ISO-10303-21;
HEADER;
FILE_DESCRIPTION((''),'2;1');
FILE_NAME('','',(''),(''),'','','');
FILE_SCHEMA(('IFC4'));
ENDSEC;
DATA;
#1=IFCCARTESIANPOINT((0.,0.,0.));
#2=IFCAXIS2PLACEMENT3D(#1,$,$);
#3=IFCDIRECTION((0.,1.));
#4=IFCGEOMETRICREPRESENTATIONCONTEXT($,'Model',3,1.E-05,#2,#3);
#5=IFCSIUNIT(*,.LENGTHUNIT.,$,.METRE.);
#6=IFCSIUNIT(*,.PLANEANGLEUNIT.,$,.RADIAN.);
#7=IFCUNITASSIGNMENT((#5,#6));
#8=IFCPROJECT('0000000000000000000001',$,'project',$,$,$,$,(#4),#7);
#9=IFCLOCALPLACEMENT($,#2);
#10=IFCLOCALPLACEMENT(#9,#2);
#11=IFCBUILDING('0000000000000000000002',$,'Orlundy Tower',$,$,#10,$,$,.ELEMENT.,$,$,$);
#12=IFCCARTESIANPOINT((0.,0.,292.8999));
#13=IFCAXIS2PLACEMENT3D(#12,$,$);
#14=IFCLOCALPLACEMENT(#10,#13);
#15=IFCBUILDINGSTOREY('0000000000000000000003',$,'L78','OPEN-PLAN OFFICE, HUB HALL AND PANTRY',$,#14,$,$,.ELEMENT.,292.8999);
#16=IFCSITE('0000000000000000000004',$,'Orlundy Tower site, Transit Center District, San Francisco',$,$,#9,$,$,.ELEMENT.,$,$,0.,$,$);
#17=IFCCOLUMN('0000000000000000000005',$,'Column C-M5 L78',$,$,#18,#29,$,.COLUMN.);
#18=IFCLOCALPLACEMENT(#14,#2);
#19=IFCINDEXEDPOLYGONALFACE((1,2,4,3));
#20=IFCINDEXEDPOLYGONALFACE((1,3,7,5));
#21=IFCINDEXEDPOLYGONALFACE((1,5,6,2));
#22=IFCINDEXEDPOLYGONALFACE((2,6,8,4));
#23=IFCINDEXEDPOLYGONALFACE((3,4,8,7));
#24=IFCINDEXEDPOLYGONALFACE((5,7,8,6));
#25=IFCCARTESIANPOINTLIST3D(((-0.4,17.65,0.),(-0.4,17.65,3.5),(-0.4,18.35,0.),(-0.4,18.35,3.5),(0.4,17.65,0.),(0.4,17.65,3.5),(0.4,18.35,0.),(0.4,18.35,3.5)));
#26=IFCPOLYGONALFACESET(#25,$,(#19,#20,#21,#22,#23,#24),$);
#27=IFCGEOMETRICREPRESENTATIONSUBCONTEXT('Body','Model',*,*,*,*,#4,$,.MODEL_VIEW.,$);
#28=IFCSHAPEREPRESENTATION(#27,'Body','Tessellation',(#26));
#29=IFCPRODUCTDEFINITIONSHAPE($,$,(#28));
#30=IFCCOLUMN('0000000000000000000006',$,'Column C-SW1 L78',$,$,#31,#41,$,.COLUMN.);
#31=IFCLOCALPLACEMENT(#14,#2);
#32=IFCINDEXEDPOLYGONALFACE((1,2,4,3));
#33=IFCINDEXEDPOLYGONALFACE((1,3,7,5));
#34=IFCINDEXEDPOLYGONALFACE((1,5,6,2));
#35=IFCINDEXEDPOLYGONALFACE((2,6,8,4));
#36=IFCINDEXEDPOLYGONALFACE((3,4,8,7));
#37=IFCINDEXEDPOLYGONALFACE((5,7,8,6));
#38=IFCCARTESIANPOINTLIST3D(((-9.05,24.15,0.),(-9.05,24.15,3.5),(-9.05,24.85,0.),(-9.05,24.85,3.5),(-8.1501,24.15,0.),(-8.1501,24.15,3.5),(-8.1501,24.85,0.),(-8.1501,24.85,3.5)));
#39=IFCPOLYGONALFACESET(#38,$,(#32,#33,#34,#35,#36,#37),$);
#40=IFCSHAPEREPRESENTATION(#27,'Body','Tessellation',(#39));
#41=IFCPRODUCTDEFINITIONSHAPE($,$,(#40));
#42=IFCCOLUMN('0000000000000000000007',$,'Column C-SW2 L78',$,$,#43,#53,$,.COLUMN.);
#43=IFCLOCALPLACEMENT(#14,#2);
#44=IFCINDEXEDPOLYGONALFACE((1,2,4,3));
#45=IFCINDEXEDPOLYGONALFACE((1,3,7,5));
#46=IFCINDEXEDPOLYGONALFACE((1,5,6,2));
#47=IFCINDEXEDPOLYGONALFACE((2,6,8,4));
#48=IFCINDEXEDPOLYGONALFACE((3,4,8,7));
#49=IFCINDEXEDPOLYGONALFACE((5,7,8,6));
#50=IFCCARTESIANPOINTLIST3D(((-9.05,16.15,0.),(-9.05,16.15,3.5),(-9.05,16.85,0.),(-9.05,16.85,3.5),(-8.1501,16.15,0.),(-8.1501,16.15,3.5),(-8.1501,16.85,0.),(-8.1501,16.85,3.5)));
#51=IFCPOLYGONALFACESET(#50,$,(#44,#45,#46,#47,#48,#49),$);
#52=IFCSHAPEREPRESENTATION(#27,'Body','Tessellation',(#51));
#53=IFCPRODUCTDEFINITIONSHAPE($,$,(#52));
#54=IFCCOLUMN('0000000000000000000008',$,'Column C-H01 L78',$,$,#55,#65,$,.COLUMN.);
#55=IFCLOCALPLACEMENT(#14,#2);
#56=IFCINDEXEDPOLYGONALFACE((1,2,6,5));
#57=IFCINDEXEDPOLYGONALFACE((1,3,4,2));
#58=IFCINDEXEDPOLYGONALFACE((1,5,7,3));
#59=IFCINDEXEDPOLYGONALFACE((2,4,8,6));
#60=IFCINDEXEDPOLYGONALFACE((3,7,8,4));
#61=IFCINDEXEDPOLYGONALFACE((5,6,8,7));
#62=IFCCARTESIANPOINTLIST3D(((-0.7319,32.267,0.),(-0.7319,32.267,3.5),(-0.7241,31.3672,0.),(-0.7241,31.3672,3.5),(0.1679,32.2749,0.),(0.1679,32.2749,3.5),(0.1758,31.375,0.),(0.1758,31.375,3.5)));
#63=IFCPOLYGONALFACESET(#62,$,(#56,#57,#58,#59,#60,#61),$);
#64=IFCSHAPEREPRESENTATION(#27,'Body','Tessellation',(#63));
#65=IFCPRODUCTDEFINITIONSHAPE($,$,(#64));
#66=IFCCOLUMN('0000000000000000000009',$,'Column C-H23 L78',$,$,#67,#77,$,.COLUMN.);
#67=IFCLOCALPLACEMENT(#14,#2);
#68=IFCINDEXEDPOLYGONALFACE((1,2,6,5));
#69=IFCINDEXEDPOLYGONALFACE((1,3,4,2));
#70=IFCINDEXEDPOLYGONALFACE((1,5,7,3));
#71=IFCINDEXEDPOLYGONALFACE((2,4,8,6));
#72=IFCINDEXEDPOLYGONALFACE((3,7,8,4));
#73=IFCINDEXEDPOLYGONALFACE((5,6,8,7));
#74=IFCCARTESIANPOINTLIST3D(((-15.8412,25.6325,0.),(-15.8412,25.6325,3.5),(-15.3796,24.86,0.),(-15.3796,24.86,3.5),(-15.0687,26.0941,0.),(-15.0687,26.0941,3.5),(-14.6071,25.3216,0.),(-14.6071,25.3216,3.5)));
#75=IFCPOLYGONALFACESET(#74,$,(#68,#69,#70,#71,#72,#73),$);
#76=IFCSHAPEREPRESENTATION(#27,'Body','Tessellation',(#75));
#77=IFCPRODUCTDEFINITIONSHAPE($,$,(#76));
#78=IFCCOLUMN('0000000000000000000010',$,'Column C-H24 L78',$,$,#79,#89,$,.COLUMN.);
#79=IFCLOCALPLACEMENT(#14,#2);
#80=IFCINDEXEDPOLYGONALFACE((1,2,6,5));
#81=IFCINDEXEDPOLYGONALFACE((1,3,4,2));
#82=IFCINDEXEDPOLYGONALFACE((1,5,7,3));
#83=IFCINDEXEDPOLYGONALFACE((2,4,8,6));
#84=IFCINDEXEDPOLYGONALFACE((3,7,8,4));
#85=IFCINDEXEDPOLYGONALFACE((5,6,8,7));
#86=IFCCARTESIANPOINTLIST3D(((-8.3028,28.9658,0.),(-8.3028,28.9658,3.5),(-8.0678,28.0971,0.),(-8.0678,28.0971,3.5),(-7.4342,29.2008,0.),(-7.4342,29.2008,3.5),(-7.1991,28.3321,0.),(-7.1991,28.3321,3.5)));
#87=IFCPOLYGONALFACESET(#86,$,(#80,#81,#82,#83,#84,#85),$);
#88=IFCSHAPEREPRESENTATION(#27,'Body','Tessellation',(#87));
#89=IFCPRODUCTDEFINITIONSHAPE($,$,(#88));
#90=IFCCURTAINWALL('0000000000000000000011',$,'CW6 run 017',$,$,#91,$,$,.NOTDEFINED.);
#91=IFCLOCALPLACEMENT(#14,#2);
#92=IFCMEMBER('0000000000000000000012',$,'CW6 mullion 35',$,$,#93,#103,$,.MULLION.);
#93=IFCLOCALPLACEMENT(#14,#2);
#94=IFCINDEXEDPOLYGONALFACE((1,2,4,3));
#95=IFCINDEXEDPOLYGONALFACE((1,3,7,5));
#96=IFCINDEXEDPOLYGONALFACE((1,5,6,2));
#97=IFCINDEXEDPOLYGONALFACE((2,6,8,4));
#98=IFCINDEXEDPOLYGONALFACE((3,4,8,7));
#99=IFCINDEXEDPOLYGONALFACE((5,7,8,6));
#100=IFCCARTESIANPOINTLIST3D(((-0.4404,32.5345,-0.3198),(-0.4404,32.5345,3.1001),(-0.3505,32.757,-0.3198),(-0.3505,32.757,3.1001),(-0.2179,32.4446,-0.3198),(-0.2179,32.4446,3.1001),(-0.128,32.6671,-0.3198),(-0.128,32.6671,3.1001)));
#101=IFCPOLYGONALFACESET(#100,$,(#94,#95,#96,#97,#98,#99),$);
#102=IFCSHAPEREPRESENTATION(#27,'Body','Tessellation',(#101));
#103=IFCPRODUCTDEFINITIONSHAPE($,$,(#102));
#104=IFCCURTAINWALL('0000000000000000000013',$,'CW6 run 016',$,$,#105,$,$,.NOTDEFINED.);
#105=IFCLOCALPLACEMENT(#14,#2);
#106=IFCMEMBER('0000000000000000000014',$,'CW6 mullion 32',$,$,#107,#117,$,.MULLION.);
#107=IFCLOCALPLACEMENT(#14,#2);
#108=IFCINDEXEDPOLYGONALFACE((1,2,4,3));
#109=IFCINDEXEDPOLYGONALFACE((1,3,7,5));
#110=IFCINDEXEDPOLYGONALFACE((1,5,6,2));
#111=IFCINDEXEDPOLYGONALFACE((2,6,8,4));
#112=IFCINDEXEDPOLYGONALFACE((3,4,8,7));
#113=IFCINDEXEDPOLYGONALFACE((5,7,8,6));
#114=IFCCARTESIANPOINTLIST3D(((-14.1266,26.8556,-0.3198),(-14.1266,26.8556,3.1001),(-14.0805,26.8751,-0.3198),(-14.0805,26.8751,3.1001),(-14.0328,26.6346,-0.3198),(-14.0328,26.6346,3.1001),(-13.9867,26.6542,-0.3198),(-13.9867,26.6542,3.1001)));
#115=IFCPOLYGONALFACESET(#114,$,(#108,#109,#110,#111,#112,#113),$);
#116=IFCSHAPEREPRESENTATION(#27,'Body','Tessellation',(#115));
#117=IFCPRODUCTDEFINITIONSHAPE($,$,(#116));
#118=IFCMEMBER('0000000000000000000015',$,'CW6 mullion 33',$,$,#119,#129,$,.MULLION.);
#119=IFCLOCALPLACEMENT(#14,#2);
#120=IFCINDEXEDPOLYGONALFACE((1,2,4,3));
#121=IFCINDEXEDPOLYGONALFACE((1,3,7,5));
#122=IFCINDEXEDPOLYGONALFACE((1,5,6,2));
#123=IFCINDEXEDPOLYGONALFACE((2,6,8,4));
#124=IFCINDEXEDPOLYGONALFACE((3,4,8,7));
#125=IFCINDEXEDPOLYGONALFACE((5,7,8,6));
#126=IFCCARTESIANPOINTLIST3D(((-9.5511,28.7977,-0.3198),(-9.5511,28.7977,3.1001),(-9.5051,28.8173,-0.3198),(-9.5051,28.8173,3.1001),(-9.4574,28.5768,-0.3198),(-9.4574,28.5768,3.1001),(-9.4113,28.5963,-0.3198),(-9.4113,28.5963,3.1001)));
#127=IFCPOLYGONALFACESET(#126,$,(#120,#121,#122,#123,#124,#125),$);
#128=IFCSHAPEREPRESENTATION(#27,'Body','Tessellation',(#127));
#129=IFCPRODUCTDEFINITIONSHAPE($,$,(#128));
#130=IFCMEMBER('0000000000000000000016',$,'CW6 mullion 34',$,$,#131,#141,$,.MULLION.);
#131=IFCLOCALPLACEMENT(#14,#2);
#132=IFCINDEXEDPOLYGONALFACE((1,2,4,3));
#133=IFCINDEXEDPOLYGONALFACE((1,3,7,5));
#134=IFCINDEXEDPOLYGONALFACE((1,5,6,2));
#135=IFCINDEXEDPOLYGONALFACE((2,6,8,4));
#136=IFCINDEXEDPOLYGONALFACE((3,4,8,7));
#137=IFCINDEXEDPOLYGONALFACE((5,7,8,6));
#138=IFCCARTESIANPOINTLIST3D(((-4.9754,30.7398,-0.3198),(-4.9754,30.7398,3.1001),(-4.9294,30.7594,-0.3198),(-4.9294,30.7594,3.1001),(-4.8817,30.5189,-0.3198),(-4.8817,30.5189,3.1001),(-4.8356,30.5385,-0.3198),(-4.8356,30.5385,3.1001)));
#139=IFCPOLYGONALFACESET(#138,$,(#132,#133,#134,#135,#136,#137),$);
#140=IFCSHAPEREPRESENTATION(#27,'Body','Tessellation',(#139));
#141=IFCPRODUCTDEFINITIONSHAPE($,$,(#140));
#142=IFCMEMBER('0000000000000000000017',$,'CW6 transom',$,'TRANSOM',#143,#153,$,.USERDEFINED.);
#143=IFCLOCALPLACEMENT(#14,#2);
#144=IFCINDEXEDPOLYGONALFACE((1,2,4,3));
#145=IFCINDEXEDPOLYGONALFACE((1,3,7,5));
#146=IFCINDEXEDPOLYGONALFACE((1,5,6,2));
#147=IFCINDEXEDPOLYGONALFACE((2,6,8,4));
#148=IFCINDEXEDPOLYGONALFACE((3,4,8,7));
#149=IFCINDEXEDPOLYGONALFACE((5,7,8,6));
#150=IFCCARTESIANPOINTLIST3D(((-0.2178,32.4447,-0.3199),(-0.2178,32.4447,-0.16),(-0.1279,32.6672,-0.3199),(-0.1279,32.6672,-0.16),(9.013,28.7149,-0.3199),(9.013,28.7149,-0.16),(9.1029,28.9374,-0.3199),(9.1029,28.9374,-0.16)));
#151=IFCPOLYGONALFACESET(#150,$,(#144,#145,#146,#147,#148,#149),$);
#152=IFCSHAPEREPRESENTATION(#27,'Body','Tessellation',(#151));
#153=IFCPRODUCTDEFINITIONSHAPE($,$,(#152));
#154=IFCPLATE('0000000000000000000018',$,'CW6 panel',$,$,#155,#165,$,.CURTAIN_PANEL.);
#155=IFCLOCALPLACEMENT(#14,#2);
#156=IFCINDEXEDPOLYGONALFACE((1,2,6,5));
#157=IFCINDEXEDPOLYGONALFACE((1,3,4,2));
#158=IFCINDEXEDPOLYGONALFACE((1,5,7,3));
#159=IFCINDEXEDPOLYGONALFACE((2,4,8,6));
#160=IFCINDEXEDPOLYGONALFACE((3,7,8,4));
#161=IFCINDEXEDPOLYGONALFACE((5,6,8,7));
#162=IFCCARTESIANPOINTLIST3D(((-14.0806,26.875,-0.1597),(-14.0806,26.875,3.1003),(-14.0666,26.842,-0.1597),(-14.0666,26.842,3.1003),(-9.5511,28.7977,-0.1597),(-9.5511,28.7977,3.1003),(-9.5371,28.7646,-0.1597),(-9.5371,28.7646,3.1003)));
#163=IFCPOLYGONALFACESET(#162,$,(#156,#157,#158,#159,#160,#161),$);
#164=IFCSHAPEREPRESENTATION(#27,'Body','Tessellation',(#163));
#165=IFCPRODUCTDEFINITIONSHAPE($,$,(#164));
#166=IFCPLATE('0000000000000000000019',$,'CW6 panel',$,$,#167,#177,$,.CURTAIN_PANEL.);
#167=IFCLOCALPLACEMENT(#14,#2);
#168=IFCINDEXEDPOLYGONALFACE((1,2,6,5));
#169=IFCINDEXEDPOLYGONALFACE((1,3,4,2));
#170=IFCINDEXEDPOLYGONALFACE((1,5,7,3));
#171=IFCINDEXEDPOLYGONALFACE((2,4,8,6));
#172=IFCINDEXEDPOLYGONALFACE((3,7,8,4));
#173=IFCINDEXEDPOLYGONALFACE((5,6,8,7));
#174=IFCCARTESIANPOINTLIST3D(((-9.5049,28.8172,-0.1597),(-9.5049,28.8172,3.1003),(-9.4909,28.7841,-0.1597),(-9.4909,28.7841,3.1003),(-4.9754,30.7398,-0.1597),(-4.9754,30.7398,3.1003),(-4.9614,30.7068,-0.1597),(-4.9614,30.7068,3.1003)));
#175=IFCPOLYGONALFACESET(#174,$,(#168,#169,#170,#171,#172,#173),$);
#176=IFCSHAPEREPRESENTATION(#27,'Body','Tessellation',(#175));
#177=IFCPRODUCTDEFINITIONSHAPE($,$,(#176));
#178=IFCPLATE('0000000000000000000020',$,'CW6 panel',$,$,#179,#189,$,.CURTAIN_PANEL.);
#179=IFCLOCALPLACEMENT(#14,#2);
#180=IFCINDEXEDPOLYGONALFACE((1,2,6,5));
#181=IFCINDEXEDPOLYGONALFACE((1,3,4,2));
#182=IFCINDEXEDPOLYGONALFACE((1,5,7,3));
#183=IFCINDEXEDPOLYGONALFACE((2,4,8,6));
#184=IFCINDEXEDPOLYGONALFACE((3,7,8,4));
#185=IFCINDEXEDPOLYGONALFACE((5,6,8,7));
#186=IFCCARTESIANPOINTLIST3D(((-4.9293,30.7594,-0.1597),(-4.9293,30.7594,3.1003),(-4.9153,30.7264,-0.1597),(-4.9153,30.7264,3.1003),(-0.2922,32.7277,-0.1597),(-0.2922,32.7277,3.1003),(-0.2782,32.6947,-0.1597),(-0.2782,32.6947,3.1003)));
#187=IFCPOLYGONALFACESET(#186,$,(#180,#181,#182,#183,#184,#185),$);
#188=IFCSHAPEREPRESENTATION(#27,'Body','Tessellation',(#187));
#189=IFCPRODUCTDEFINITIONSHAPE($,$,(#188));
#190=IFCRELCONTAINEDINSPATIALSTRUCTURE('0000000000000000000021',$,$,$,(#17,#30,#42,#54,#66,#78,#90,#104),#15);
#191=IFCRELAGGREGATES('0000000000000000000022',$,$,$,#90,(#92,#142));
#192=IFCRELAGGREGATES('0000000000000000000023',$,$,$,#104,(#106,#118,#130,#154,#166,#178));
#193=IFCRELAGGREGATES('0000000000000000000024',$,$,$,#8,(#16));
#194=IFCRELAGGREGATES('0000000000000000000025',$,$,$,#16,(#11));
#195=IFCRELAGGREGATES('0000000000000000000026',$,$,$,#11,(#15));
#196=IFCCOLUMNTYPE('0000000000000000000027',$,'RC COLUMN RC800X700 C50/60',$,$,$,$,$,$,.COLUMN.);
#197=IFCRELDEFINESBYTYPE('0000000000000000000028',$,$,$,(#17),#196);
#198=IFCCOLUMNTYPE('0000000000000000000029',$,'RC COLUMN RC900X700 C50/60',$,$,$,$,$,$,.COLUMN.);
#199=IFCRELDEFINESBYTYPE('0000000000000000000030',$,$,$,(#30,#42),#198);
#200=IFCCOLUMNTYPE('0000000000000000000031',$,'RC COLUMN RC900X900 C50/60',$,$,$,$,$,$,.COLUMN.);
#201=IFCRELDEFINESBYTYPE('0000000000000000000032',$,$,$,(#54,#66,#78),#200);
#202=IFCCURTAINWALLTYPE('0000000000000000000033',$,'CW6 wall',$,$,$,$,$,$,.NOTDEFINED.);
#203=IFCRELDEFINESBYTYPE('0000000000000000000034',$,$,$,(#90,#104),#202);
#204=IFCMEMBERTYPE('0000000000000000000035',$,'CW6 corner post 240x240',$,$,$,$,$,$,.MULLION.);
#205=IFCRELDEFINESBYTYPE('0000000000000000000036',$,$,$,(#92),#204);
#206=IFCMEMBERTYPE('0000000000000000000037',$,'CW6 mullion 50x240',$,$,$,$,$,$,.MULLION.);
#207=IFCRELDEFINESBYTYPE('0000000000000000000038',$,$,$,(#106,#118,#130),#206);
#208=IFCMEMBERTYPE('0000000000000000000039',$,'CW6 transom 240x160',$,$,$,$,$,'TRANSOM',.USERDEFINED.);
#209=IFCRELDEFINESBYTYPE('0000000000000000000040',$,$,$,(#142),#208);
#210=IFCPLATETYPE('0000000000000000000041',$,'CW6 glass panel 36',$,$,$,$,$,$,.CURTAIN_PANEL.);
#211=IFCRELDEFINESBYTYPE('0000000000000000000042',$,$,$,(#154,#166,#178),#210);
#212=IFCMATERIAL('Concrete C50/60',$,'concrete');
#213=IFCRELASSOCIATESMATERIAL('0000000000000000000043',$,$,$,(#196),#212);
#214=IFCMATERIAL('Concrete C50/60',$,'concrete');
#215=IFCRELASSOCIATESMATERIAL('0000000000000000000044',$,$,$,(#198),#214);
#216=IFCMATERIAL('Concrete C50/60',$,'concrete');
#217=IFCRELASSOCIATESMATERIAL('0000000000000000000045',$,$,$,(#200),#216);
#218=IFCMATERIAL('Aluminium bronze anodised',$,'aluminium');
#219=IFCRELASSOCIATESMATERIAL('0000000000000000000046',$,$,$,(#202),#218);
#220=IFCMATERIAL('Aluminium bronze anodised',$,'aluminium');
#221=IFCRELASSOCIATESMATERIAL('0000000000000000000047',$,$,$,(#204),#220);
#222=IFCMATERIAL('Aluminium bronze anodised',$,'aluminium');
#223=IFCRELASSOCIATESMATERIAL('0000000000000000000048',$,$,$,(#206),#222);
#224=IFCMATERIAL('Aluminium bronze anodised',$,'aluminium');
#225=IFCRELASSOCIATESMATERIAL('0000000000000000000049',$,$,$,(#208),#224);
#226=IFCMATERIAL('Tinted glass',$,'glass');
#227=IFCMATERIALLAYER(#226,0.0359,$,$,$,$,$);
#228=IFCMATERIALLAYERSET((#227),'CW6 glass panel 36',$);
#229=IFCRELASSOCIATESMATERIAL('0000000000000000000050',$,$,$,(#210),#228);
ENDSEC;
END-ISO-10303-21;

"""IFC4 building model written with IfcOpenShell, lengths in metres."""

from ifc_helpers import new_model, si_unit, direction, frame, origin, origin_2d, place, context, subcontext, project, spatial, rectangle, extrude, material, layer, layer_set, material_profile, profile_set, type_object, element, aggregate, save


model = new_model("IFC4")

# Units and contexts
model_context = context("Model", 3, precision=1e-05, world=origin(), true_north=direction((0.0, 1.0)))
body_context = subcontext(model_context, "Body", "Model", "MODEL_VIEW")
ifc_project = project(units=[si_unit("LENGTHUNIT", "METRE"), si_unit("PLANEANGLEUNIT", "RADIAN")], contexts=[model_context])

# Site, building, storey
site_placement = place(None, origin())
site = spatial("IfcSite", under=ifc_project, at=site_placement, Name="Orlundy Tower site, Transit Center District, San Francisco", CompositionType="ELEMENT", RefElevation=0.0)
building_placement = place(site_placement, origin())
building = spatial("IfcBuilding", under=site, at=building_placement, Name="Orlundy Tower", CompositionType="ELEMENT")
storey_placement = place(building_placement, frame((0.0, 0.0, 292.8999)))
storey = spatial("IfcBuildingStorey", under=building, at=storey_placement, Name="L78", Description="OPEN-PLAN OFFICE, HUB HALL AND PANTRY", CompositionType="ELEMENT", Elevation=292.8999)

# Columns
ifc_material_1 = material(Name="Concrete C50/60", Category="concrete")
ifc_material_profile_1 = material_profile(ifc_material_1, rectangle(XDim=0.8, YDim=0.7, at=origin_2d()), Name="RC800X700")
ifc_profile_set_1 = profile_set([ifc_material_profile_1], Name="Concrete C50/60")
column_type_1 = type_object("IfcColumnType", Name="RC COLUMN RC800X700 C50/60", PredefinedType="COLUMN", material=ifc_profile_set_1)
column_placement = place(storey_placement, frame((0.0, 18.0, 0.0), z_axis=(0.0, 0.0, 1.0), x_axis=(1.0, 0.0, 0.0)))
element("IfcColumn", 1, at=column_placement, inside=storey, type_object=column_type_1, Name="Column C-M5 L78", PredefinedType="COLUMN", context=body_context, shape_type="SweptSolid", body=[
    extrude(rectangle(XDim=0.8, YDim=0.7, at=origin_2d()), origin(), (0.0, 0.0, 1.0), 3.5),
])
ifc_material_2 = material(Name="Concrete C50/60", Category="concrete")
ifc_material_profile_2 = material_profile(ifc_material_2, rectangle(XDim=0.8999, YDim=0.7, at=origin_2d()), Name="RC900X700")
ifc_profile_set_2 = profile_set([ifc_material_profile_2], Name="Concrete C50/60")
column_type_2 = type_object("IfcColumnType", Name="RC COLUMN RC900X700 C50/60", PredefinedType="COLUMN", material=ifc_profile_set_2)
for number, where, z_axis, x_axis, name in (
    (2, (-8.6001, 24.5, 0.0), (0.0, 0.0, 1.0), (1.0, 0.0, 0.0), "Column C-SW1 L78"),
    (3, (-8.6001, 16.5, 0.0), (0.0, 0.0, 1.0), (1.0, 0.0, 0.0), "Column C-SW2 L78"),
):
    element("IfcColumn", number, at=place(storey_placement, frame(where, z_axis=z_axis, x_axis=x_axis)), inside=storey, type_object=column_type_2, Name=name, PredefinedType="COLUMN", context=body_context, shape_type="SweptSolid", body=[
        extrude(rectangle(XDim=0.8999, YDim=0.7, at=origin_2d()), origin(), (0.0, 0.0, 1.0), 3.5),
    ])
ifc_material_3 = material(Name="Concrete C50/60", Category="concrete")
ifc_material_profile_3 = material_profile(ifc_material_3, rectangle(XDim=0.8999, YDim=0.8999, at=origin_2d()), Name="RC900X900")
ifc_profile_set_3 = profile_set([ifc_material_profile_3], Name="Concrete C50/60")
column_type_3 = type_object("IfcColumnType", Name="RC COLUMN RC900X900 C50/60", PredefinedType="COLUMN", material=ifc_profile_set_3)
for number, where, z_axis, x_axis, name in (
    (4, (-0.2781, 31.821, 0.0), (0.0, 0.0, 1.0), (-0.008744, 0.999962, 0.0), "Column C-H01 L78"),
    (5, (-15.2241, 25.4771, 0.0), (0.0, 0.0, 1.0), (-0.512957, 0.858414, 0.0), "Column C-H23 L78"),
    (6, (-7.751, 28.6489, 0.0), (0.0, 0.0, 1.0), (-0.261162, 0.965295, 0.0), "Column C-H24 L78"),
):
    element("IfcColumn", number, at=place(storey_placement, frame(where, z_axis=z_axis, x_axis=x_axis)), inside=storey, type_object=column_type_3, Name=name, PredefinedType="COLUMN", context=body_context, shape_type="SweptSolid", body=[
        extrude(rectangle(XDim=0.8999, YDim=0.8999, at=origin_2d()), origin(), (0.0, 0.0, 1.0), 3.5),
    ])

# Curtain wall, member
ifc_material_4 = material(Name="Aluminium bronze anodised", Category="aluminium")
curtain_wall_type = type_object("IfcCurtainWallType", Name="CW6 wall", PredefinedType="NOTDEFINED", material=ifc_material_4)
curtain_wall_1_placement = place(storey_placement, origin())
curtain_wall_1 = element("IfcCurtainWall", 7, at=curtain_wall_1_placement, inside=storey, type_object=curtain_wall_type, Name="CW6 run 017", PredefinedType="NOTDEFINED")
ifc_material_5 = material(Name="Aluminium bronze anodised", Category="aluminium")
ifc_material_profile_4 = material_profile(ifc_material_5, rectangle(XDim=0.24, YDim=0.24, at=origin_2d()), Name="CW6 corner post 240x240")
ifc_profile_set_4 = profile_set([ifc_material_profile_4], Name="Aluminium bronze anodised")
member_type_1 = type_object("IfcMemberType", Name="CW6 corner post 240x240", PredefinedType="MULLION", material=ifc_profile_set_4)
member_1_placement = place(storey_placement, frame((-0.2842, 32.6008, -0.3198), z_axis=(0.0, 0.0, 1.0), x_axis=(0.374639, 0.927171, 0.0)))
member_1 = element("IfcMember", 8, at=member_1_placement, type_object=member_type_1, Name="CW6 mullion 35", PredefinedType="MULLION", context=body_context, shape_type="SweptSolid", body=[
    extrude(rectangle(XDim=0.24, YDim=0.24, at=origin_2d()), origin(), (0.0, 0.0, 1.0), 3.4199),
])

# Curtain wall, members
curtain_wall_2_placement = place(storey_placement, origin())
curtain_wall_2 = element("IfcCurtainWall", 9, at=curtain_wall_2_placement, inside=storey, type_object=curtain_wall_type, Name="CW6 run 016", PredefinedType="NOTDEFINED")
ifc_material_6 = material(Name="Aluminium bronze anodised", Category="aluminium")
ifc_material_profile_5 = material_profile(ifc_material_6, rectangle(XDim=0.24, YDim=0.05, at=origin_2d()), Name="CW6 mullion 50x240")
ifc_profile_set_5 = profile_set([ifc_material_profile_5], Name="Aluminium bronze anodised")
member_type_2 = type_object("IfcMemberType", Name="CW6 mullion 50x240", PredefinedType="MULLION", material=ifc_profile_set_5)
member_2_placement = place(storey_placement, frame((-14.0566, 26.7549, -0.3198), z_axis=(0.0, 0.0, 1.0), x_axis=(-0.390727, 0.920507, 0.0)))
member_2 = element("IfcMember", 10, at=member_2_placement, type_object=member_type_2, Name="CW6 mullion 32", PredefinedType="MULLION", context=body_context, shape_type="SweptSolid", body=[
    extrude(rectangle(XDim=0.24, YDim=0.05, at=origin_2d()), origin(), (0.0, 0.0, 1.0), 3.4199),
])
member_3_placement = place(storey_placement, frame((-9.4812, 28.697, -0.3198), z_axis=(0.0, 0.0, 1.0), x_axis=(-0.390727, 0.920507, 0.0)))
member_3 = element("IfcMember", 11, at=member_3_placement, type_object=member_type_2, Name="CW6 mullion 33", PredefinedType="MULLION", context=body_context, shape_type="SweptSolid", body=[
    extrude(rectangle(XDim=0.24, YDim=0.05, at=origin_2d()), origin(), (0.0, 0.0, 1.0), 3.4199),
])
member_4_placement = place(storey_placement, frame((-4.9055, 30.6392, -0.3198), z_axis=(0.0, 0.0, 1.0), x_axis=(-0.390727, 0.920507, 0.0)))
member_4 = element("IfcMember", 12, at=member_4_placement, type_object=member_type_2, Name="CW6 mullion 34", PredefinedType="MULLION", context=body_context, shape_type="SweptSolid", body=[
    extrude(rectangle(XDim=0.24, YDim=0.05, at=origin_2d()), origin(), (0.0, 0.0, 1.0), 3.4199),
])

# Member
ifc_material_7 = material(Name="Aluminium bronze anodised", Category="aluminium")
ifc_material_profile_6 = material_profile(ifc_material_7, rectangle(XDim=0.24, YDim=0.1599, at=origin_2d()), Name="CW6 transom 240x160")
ifc_profile_set_6 = profile_set([ifc_material_profile_6], Name="Aluminium bronze anodised")
member_type_3 = type_object("IfcMemberType", Name="CW6 transom 240x160", ElementType="TRANSOM", PredefinedType="USERDEFINED", material=ifc_profile_set_6)
member_5_placement = place(storey_placement, frame((-0.1729, 32.5559, -0.24), z_axis=(0.927174, -0.374631, 0.0), x_axis=(0.374631, 0.927174, 0.0)))
member_5 = element("IfcMember", 13, at=member_5_placement, type_object=member_type_3, Name="CW6 transom", ObjectType="TRANSOM", PredefinedType="USERDEFINED", context=body_context, shape_type="SweptSolid", body=[
    extrude(rectangle(XDim=0.24, YDim=0.1599, at=origin_2d()), origin(), (0.0, 0.0, 1.0), 9.9558),
])
aggregate(curtain_wall_1, [member_1, member_5])

# Plates
ifc_material_8 = material(Name="Tinted glass", Category="glass")
ifc_layer_1 = layer(ifc_material_8, 0.0359)
ifc_layer_set_1 = layer_set([ifc_layer_1], Name="CW6 glass panel 36")
plate_type = type_object("IfcPlateType", Name="CW6 glass panel 36", PredefinedType="CURTAIN_PANEL", material=ifc_layer_set_1)
plate_1_placement = place(storey_placement, frame((-11.8088, 27.8198, -0.1597), z_axis=(0.0, 0.0, 1.0), x_axis=(0.920507, 0.390727, 0.0)))
plate_1 = element("IfcPlate", 14, at=plate_1_placement, type_object=plate_type, Name="CW6 panel", PredefinedType="CURTAIN_PANEL", context=body_context, shape_type="SweptSolid", body=[
    extrude(rectangle(XDim=4.9207, YDim=0.0359, at=origin_2d()), origin(), (0.0, 0.0, 1.0), 3.26),
])
plate_2_placement = place(storey_placement, frame((-7.2332, 29.762, -0.1597), z_axis=(0.0, 0.0, 1.0), x_axis=(0.920507, 0.390727, 0.0)))
plate_2 = element("IfcPlate", 15, at=plate_2_placement, type_object=plate_type, Name="CW6 panel", PredefinedType="CURTAIN_PANEL", context=body_context, shape_type="SweptSolid", body=[
    extrude(rectangle(XDim=4.9207, YDim=0.0359, at=origin_2d()), origin(), (0.0, 0.0, 1.0), 3.26),
])
plate_3_placement = place(storey_placement, frame((-2.6038, 31.7271, -0.1597), z_axis=(0.0, 0.0, 1.0), x_axis=(0.920507, 0.390727, 0.0)))
plate_3 = element("IfcPlate", 16, at=plate_3_placement, type_object=plate_type, Name="CW6 panel", PredefinedType="CURTAIN_PANEL", context=body_context, shape_type="SweptSolid", body=[
    extrude(rectangle(XDim=5.0376, YDim=0.0359, at=origin_2d()), origin(), (0.0, 0.0, 1.0), 3.26),
])
aggregate(curtain_wall_2, [member_2, member_3, member_4, plate_1, plate_2, plate_3])

save(model, "model.ifc")
